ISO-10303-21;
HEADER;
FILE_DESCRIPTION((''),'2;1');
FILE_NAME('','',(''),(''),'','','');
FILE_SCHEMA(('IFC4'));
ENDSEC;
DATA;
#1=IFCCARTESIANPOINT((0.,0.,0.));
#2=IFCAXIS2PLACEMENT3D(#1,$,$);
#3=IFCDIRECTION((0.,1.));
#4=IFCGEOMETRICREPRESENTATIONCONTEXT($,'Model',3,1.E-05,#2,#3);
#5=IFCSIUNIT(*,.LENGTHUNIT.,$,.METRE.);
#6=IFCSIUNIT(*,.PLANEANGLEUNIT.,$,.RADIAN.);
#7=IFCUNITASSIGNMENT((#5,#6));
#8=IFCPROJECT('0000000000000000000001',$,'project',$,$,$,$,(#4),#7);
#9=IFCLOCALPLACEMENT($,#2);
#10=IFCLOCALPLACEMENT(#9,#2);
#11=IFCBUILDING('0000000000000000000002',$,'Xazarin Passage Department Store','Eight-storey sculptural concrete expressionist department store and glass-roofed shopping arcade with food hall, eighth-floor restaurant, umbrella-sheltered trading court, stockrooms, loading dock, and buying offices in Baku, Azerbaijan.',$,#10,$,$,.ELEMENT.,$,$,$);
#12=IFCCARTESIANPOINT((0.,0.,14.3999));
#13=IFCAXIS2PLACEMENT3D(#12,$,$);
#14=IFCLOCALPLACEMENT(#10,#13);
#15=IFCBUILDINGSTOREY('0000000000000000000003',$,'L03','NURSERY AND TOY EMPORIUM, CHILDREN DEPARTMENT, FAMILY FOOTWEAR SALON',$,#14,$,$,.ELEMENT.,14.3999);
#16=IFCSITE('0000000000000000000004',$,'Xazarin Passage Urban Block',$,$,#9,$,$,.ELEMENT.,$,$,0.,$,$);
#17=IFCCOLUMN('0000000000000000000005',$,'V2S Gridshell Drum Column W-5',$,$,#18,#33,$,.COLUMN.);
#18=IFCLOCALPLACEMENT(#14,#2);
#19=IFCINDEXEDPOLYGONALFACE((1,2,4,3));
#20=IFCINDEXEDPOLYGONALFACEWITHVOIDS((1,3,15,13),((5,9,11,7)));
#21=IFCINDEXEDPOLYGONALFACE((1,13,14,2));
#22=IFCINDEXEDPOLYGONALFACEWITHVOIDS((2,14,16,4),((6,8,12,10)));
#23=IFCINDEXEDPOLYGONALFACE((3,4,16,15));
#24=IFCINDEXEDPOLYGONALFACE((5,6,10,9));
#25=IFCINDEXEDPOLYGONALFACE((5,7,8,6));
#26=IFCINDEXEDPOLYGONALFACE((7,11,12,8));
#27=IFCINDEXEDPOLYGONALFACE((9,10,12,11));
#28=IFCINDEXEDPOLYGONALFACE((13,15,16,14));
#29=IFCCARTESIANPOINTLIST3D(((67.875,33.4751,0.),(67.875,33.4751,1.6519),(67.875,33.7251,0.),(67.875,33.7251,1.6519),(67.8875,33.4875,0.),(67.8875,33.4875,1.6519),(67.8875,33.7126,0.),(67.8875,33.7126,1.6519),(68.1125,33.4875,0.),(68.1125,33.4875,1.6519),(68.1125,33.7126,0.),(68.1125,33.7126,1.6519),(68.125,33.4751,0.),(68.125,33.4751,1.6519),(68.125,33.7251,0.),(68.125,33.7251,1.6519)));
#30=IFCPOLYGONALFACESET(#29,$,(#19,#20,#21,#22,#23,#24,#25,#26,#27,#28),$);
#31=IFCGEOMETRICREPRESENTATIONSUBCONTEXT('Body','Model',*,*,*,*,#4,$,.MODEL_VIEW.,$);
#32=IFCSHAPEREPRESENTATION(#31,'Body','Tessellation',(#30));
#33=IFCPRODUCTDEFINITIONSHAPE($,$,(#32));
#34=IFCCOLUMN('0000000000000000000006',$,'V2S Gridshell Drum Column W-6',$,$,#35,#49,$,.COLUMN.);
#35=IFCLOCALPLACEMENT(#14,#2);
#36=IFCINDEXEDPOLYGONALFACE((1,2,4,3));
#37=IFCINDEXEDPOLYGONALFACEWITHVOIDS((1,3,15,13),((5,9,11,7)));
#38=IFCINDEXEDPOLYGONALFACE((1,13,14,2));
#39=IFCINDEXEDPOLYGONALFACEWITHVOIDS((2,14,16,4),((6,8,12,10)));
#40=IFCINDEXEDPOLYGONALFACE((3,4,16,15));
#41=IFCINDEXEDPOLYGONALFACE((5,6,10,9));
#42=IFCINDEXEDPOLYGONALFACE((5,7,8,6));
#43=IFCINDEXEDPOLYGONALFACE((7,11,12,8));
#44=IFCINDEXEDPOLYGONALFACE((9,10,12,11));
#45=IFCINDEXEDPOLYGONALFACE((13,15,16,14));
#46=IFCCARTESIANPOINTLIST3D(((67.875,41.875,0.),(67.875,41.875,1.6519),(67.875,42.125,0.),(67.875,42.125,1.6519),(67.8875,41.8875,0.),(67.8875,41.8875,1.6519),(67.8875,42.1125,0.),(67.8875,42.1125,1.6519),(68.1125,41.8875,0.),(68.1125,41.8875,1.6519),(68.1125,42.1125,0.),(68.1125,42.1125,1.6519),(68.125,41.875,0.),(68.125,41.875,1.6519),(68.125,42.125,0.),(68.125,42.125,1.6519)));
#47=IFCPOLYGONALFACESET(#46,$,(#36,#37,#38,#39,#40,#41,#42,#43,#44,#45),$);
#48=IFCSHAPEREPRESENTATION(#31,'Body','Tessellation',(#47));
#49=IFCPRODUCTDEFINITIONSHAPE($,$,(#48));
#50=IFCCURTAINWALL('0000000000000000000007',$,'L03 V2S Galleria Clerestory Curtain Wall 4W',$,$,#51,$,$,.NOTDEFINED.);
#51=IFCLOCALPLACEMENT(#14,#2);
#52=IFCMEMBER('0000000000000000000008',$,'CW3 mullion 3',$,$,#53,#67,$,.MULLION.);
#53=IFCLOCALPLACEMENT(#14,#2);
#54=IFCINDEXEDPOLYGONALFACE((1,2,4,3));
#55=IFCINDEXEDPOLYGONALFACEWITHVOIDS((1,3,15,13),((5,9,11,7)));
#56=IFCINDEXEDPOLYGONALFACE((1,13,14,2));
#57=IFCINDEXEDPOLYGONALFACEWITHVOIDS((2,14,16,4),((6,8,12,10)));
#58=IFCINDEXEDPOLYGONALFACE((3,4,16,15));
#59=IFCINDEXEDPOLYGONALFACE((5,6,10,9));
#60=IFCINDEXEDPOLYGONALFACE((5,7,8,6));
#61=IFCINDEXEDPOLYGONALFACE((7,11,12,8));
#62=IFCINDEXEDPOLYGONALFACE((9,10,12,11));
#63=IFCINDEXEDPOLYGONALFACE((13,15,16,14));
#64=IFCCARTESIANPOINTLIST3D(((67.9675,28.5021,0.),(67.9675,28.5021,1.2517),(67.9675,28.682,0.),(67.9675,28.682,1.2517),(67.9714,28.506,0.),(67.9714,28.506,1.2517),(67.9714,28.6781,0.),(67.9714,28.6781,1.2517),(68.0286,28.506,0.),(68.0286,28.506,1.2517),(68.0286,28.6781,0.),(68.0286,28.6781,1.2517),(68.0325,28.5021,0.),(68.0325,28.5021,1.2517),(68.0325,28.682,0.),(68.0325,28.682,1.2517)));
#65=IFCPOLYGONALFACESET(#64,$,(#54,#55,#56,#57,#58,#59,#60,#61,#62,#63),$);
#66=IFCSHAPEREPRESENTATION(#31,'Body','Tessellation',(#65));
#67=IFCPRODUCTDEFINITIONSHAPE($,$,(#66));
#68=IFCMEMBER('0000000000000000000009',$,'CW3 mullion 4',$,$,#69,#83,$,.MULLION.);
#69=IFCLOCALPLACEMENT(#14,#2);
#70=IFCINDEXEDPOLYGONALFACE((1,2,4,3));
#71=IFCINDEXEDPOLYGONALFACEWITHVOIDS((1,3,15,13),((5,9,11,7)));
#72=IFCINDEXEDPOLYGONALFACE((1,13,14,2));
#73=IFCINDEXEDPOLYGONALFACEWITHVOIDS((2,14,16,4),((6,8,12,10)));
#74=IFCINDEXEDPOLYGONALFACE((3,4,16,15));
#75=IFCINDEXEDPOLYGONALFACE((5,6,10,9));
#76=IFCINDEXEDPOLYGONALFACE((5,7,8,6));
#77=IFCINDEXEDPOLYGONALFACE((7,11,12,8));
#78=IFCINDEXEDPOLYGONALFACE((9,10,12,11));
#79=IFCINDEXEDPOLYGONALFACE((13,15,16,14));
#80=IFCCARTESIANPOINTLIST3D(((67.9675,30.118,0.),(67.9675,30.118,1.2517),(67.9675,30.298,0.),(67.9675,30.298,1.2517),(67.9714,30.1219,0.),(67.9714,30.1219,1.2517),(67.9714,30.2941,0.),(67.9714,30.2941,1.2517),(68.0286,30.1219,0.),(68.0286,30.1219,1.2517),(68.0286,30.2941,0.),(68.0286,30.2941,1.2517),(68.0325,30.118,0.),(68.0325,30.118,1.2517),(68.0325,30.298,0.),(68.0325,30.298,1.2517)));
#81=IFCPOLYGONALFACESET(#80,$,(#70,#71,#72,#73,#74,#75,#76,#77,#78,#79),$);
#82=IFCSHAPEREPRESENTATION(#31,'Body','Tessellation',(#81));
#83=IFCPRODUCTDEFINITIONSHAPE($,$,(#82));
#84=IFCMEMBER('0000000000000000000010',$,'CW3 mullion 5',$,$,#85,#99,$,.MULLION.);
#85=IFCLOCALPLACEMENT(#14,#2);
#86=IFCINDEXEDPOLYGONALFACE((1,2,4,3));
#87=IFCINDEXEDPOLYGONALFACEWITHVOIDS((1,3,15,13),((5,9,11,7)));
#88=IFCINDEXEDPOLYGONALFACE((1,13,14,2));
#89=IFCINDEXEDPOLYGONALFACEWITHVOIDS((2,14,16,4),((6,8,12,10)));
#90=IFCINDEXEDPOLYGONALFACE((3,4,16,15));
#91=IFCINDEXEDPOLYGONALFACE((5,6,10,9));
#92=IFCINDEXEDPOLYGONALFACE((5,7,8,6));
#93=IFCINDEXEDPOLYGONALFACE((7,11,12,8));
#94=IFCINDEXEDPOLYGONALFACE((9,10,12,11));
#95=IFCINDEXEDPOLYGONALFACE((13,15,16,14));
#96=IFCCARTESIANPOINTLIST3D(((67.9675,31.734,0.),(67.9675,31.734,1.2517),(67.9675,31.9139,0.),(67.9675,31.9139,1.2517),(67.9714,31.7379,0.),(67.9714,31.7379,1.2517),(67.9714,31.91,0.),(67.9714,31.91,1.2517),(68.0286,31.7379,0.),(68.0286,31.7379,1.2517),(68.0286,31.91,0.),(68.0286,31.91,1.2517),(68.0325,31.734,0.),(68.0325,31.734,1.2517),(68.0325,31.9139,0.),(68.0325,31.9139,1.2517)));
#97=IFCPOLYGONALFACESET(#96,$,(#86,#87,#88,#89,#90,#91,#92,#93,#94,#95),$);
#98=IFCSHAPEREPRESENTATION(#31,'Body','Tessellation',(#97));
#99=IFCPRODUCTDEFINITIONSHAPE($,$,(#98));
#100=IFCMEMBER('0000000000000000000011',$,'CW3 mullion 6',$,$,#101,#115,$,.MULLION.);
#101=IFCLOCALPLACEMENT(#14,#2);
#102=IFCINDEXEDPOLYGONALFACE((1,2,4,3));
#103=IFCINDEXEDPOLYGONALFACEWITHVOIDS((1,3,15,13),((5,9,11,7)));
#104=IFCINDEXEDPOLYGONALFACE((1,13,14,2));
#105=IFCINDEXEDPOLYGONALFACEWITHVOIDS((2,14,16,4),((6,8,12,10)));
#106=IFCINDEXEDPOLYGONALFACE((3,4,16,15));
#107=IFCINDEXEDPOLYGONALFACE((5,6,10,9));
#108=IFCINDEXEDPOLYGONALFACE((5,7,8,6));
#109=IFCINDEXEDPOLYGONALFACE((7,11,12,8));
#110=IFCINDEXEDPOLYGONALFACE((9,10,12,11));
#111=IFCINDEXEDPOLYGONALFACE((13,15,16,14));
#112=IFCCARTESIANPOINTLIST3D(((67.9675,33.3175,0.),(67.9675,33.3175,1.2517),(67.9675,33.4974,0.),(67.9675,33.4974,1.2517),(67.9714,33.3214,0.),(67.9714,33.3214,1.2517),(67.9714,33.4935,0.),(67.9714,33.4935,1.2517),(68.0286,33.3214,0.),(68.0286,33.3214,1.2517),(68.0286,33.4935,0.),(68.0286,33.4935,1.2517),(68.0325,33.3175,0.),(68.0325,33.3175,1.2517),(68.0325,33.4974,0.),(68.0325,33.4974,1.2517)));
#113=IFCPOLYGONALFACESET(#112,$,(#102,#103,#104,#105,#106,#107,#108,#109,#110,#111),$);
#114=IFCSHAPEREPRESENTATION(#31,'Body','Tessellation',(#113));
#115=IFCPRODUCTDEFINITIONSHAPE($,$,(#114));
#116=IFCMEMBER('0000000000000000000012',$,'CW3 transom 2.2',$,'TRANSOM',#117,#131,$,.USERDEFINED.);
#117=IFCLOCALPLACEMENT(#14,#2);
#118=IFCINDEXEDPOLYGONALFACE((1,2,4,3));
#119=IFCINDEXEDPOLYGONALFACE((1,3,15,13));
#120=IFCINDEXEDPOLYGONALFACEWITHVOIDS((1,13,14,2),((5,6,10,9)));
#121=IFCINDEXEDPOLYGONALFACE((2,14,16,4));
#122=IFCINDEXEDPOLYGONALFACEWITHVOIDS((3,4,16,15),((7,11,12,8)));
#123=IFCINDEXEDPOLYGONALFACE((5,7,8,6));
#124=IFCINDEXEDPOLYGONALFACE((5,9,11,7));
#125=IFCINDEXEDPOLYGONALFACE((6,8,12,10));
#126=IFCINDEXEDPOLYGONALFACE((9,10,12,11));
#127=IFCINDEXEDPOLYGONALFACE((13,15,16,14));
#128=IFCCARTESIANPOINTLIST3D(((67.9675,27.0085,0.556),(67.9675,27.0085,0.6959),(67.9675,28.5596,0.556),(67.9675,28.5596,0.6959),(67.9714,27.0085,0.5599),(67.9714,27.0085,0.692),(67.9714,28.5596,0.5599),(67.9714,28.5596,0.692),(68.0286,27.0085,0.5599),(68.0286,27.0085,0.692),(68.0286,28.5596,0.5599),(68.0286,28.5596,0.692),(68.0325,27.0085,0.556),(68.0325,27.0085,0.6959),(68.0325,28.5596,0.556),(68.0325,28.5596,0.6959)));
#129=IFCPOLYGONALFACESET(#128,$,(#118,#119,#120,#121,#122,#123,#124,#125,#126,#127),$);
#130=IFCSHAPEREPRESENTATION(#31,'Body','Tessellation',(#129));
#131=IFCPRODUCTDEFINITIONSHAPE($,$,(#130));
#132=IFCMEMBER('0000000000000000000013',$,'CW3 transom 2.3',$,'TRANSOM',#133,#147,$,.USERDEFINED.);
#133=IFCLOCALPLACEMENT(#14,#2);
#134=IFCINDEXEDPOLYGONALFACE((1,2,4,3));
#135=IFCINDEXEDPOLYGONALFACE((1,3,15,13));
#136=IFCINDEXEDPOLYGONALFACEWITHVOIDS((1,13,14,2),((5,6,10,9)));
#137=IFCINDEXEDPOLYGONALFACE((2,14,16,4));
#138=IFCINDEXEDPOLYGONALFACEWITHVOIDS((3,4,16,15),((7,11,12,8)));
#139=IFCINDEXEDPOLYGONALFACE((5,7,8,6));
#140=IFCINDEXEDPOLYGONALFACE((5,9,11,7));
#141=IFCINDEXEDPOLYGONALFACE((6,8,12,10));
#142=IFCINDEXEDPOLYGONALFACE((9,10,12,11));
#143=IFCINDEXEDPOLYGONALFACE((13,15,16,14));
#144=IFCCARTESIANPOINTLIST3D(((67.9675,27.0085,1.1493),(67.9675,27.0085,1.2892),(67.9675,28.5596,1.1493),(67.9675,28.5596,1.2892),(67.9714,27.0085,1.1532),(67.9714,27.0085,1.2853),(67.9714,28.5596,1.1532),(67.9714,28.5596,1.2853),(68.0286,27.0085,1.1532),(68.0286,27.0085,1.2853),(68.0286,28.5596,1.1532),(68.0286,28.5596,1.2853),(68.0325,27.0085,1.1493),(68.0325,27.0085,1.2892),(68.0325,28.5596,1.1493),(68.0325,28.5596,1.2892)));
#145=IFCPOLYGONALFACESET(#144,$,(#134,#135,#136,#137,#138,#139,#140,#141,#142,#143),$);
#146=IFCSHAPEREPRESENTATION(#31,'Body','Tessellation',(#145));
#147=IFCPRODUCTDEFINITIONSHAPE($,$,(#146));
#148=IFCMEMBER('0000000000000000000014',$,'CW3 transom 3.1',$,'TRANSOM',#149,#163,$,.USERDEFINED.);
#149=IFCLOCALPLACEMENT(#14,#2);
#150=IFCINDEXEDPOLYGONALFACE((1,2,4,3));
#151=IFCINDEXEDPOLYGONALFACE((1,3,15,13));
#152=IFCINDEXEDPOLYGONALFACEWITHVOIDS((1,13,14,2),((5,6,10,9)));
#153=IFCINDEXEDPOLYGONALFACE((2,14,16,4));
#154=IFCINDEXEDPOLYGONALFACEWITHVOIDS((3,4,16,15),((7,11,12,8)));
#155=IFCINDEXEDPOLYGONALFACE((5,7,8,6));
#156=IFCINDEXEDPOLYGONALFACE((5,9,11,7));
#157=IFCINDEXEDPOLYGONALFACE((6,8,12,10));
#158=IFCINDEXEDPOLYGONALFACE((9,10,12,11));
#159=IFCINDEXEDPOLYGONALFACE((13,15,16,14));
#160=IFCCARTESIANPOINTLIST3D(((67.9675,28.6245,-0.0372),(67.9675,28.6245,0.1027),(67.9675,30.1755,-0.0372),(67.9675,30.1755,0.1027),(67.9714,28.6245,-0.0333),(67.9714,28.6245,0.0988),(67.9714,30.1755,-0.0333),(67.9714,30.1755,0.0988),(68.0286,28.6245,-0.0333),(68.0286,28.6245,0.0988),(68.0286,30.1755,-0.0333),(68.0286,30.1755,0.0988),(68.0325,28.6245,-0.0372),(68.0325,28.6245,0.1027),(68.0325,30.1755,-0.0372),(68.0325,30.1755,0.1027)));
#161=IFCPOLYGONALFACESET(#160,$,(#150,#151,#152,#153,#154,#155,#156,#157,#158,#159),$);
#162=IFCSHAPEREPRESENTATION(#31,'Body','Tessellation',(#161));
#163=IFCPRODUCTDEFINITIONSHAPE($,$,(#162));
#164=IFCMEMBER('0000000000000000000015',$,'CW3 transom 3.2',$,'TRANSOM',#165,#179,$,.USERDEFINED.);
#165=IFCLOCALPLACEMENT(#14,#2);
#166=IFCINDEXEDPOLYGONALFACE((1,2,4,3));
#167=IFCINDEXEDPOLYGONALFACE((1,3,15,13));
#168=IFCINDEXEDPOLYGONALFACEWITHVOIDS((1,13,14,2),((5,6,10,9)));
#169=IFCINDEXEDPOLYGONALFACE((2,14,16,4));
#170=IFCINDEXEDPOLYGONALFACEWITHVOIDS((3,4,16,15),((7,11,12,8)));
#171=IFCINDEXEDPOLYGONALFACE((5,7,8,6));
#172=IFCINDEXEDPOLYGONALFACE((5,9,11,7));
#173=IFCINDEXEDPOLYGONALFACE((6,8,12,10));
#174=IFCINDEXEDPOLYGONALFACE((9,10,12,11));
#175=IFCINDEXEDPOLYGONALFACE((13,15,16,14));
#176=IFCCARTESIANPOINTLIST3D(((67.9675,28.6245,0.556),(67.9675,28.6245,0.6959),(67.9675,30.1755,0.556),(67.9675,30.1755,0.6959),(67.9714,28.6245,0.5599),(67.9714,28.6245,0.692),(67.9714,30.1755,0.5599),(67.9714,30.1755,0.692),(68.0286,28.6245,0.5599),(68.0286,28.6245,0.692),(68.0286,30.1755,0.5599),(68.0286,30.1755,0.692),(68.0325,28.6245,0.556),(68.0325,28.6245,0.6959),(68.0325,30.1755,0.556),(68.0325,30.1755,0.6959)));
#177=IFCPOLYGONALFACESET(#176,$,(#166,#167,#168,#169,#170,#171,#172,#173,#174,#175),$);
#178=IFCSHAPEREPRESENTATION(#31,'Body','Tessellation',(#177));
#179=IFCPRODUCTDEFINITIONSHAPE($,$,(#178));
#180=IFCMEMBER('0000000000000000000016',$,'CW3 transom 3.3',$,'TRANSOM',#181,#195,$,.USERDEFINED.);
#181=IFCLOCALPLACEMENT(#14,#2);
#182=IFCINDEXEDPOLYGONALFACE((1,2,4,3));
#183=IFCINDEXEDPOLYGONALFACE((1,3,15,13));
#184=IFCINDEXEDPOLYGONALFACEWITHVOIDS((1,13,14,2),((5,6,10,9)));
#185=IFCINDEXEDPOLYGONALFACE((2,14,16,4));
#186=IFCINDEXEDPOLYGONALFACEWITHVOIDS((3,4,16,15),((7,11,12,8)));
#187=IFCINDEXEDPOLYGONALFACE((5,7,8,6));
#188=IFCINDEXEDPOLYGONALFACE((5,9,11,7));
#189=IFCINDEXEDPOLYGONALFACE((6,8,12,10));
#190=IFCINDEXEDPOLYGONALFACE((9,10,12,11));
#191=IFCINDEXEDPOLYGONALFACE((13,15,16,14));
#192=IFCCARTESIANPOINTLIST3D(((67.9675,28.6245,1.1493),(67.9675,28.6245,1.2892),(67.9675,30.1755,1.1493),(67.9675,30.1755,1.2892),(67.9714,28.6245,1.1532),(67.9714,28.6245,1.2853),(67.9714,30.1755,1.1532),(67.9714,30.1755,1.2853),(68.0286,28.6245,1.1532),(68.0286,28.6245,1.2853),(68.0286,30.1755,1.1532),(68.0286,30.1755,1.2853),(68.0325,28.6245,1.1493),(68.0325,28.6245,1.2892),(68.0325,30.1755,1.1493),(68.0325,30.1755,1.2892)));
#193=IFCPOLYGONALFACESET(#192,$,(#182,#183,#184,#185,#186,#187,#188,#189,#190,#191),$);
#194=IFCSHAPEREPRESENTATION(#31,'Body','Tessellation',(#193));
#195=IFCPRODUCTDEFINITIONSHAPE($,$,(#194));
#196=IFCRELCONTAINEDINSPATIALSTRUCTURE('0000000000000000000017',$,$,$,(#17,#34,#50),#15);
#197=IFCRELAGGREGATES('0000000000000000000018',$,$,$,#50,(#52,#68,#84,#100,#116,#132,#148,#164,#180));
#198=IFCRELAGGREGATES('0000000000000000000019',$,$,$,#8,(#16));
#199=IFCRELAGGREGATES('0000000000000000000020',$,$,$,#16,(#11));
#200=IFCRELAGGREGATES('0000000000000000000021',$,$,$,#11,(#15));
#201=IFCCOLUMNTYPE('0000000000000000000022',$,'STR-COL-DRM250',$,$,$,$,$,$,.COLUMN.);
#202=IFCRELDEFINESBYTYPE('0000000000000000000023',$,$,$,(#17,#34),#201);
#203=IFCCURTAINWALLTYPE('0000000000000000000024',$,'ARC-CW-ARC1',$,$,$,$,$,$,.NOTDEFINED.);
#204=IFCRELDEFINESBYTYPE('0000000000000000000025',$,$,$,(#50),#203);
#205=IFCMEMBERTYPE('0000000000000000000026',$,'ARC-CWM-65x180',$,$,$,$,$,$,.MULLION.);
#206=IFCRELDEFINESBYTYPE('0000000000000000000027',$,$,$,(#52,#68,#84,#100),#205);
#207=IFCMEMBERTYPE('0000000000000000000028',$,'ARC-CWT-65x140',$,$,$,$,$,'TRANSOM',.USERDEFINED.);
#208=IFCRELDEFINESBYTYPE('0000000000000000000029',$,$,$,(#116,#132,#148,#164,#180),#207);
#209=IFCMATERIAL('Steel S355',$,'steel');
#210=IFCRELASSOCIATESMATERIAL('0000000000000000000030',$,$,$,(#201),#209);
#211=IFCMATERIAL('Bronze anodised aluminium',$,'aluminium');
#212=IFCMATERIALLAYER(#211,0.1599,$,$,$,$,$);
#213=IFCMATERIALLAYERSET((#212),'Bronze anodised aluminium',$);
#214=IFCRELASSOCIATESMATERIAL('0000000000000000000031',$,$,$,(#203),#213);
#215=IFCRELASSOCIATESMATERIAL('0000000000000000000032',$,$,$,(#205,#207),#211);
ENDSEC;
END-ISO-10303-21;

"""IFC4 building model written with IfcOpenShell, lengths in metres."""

from ifc_helpers import new_model, si_unit, direction, frame, origin, origin_2d, place, context, subcontext, project, spatial, hollow_rectangle, extrude, material, layer, layer_set, material_profile, profile_set, type_object, element, aggregate, save


model = new_model("IFC4")

# Units and contexts
model_context = context("Model", 3, precision=1e-05, world=origin(), true_north=direction((0.0, 1.0)))
body_context = subcontext(model_context, "Body", "Model", "MODEL_VIEW")
ifc_project = project(units=[si_unit("LENGTHUNIT", "METRE"), si_unit("PLANEANGLEUNIT", "RADIAN")], contexts=[model_context])

# Site, building, storey
site_placement = place(None, origin())
site = spatial("IfcSite", under=ifc_project, at=site_placement, Name="Xazarin Passage Urban Block", CompositionType="ELEMENT", RefElevation=0.0)
building_placement = place(site_placement, origin())
building = spatial("IfcBuilding", under=site, at=building_placement, Name="Xazarin Passage Department Store", Description="Eight-storey sculptural concrete expressionist department store and glass-roofed shopping arcade with food hall, eighth-floor restaurant, umbrella-sheltered trading court, stockrooms, loading dock, and buying offices in Baku, Azerbaijan.", CompositionType="ELEMENT")
storey_placement = place(building_placement, frame((0.0, 0.0, 14.3999)))
storey = spatial("IfcBuildingStorey", under=building, at=storey_placement, Name="L03", Description="NURSERY AND TOY EMPORIUM, CHILDREN DEPARTMENT, FAMILY FOOTWEAR SALON", CompositionType="ELEMENT", Elevation=14.3999)

# Columns
ifc_material_1 = material(Name="Steel S355", Category="steel")
ifc_material_profile_1 = material_profile(ifc_material_1, hollow_rectangle(XDim=0.25, YDim=0.25, WallThickness=0.0125, at=origin_2d()), Name="SHS 250x250x12.5")
ifc_profile_set_1 = profile_set([ifc_material_profile_1], Name="Steel S355")
column_type = type_object("IfcColumnType", Name="STR-COL-DRM250", PredefinedType="COLUMN", material=ifc_profile_set_1)
for number, where, z_axis, x_axis, name in (
    (1, (68.0, 33.6001, 0.0), (0.0, 0.0, 1.0), (1.0, 0.0, 0.0), "V2S Gridshell Drum Column W-5"),
    (2, (68.0, 42.0, 0.0), (0.0, 0.0, 1.0), (1.0, 0.0, 0.0), "V2S Gridshell Drum Column W-6"),
):
    element("IfcColumn", number, at=place(storey_placement, frame(where, z_axis=z_axis, x_axis=x_axis)), inside=storey, type_object=column_type, Name=name, PredefinedType="COLUMN", context=body_context, shape_type="SweptSolid", body=[
        extrude(hollow_rectangle(XDim=0.25, YDim=0.25, WallThickness=0.0125, at=origin_2d()), origin(), (0.0, 0.0, 1.0), 1.6519),
    ])

# Curtain wall, members
ifc_material_2 = material(Name="Bronze anodised aluminium", Category="aluminium")
ifc_layer_1 = layer(ifc_material_2, 0.1599)
ifc_layer_set_1 = layer_set([ifc_layer_1], Name="Bronze anodised aluminium")
curtain_wall_type = type_object("IfcCurtainWallType", Name="ARC-CW-ARC1", PredefinedType="NOTDEFINED", material=ifc_layer_set_1)
curtain_wall_placement = place(storey_placement, origin())
curtain_wall = element("IfcCurtainWall", 3, at=curtain_wall_placement, inside=storey, type_object=curtain_wall_type, Name="L03 V2S Galleria Clerestory Curtain Wall 4W", PredefinedType="NOTDEFINED")
ifc_material_profile_2 = material_profile(ifc_material_2, hollow_rectangle(XDim=0.0649, YDim=0.1799, WallThickness=0.0039, at=origin_2d()), Name="ALU 65x180")
ifc_profile_set_2 = profile_set([ifc_material_profile_2], Name="Bronze anodised aluminium")
member_type_1 = type_object("IfcMemberType", Name="ARC-CWM-65x180", PredefinedType="MULLION", material=ifc_profile_set_2)
member_1_placement = place(storey_placement, frame((68.0, 28.592, 0.0), z_axis=(0.0, 0.0, 1.0), x_axis=(-1.0, 0.0, 0.0)))
member_1 = element("IfcMember", 4, at=member_1_placement, type_object=member_type_1, Name="CW3 mullion 3", PredefinedType="MULLION", context=body_context, shape_type="SweptSolid", body=[
    extrude(hollow_rectangle(XDim=0.0649, YDim=0.1799, WallThickness=0.0039, at=origin_2d()), origin(), (0.0, 0.0, 1.0), 1.2517),
])
member_2_placement = place(storey_placement, frame((68.0, 30.208, 0.0), z_axis=(0.0, 0.0, 1.0), x_axis=(-1.0, 0.0, 0.0)))
member_2 = element("IfcMember", 5, at=member_2_placement, type_object=member_type_1, Name="CW3 mullion 4", PredefinedType="MULLION", context=body_context, shape_type="SweptSolid", body=[
    extrude(hollow_rectangle(XDim=0.0649, YDim=0.1799, WallThickness=0.0039, at=origin_2d()), origin(), (0.0, 0.0, 1.0), 1.2517),
])
member_3_placement = place(storey_placement, frame((68.0, 31.824, 0.0), z_axis=(0.0, 0.0, 1.0), x_axis=(-1.0, 0.0, 0.0)))
member_3 = element("IfcMember", 6, at=member_3_placement, type_object=member_type_1, Name="CW3 mullion 5", PredefinedType="MULLION", context=body_context, shape_type="SweptSolid", body=[
    extrude(hollow_rectangle(XDim=0.0649, YDim=0.1799, WallThickness=0.0039, at=origin_2d()), origin(), (0.0, 0.0, 1.0), 1.2517),
])
member_4_placement = place(storey_placement, frame((68.0, 33.4075, 0.0), z_axis=(0.0, 0.0, 1.0), x_axis=(-1.0, 0.0, 0.0)))
member_4 = element("IfcMember", 7, at=member_4_placement, type_object=member_type_1, Name="CW3 mullion 6", PredefinedType="MULLION", context=body_context, shape_type="SweptSolid", body=[
    extrude(hollow_rectangle(XDim=0.0649, YDim=0.1799, WallThickness=0.0039, at=origin_2d()), origin(), (0.0, 0.0, 1.0), 1.2517),
])
ifc_material_profile_3 = material_profile(ifc_material_2, hollow_rectangle(XDim=0.0649, YDim=0.1399, WallThickness=0.0039, at=origin_2d()), Name="ALU 65x140")
ifc_profile_set_3 = profile_set([ifc_material_profile_3], Name="Bronze anodised aluminium")
member_type_2 = type_object("IfcMemberType", Name="ARC-CWT-65x140", ElementType="TRANSOM", PredefinedType="USERDEFINED", material=ifc_profile_set_3)
member_5_placement = place(storey_placement, frame((68.0, 27.0085, 0.626), z_axis=(0.0, 1.0, 0.0), x_axis=(-1.0, 0.0, 0.0)))
member_5 = element("IfcMember", 8, at=member_5_placement, type_object=member_type_2, Name="CW3 transom 2.2", ObjectType="TRANSOM", PredefinedType="USERDEFINED", context=body_context, shape_type="SweptSolid", body=[
    extrude(hollow_rectangle(XDim=0.0649, YDim=0.1399, WallThickness=0.0039, at=origin_2d()), origin(), (0.0, 0.0, 1.0), 1.551),
])
member_6_placement = place(storey_placement, frame((68.0, 27.0085, 1.2192), z_axis=(0.0, 1.0, 0.0), x_axis=(-1.0, 0.0, 0.0)))
member_6 = element("IfcMember", 9, at=member_6_placement, type_object=member_type_2, Name="CW3 transom 2.3", ObjectType="TRANSOM", PredefinedType="USERDEFINED", context=body_context, shape_type="SweptSolid", body=[
    extrude(hollow_rectangle(XDim=0.0649, YDim=0.1399, WallThickness=0.0039, at=origin_2d()), origin(), (0.0, 0.0, 1.0), 1.551),
])
member_7_placement = place(storey_placement, frame((68.0, 28.6245, 0.0327), z_axis=(0.0, 1.0, 0.0), x_axis=(-1.0, 0.0, 0.0)))
member_7 = element("IfcMember", 10, at=member_7_placement, type_object=member_type_2, Name="CW3 transom 3.1", ObjectType="TRANSOM", PredefinedType="USERDEFINED", context=body_context, shape_type="SweptSolid", body=[
    extrude(hollow_rectangle(XDim=0.0649, YDim=0.1399, WallThickness=0.0039, at=origin_2d()), origin(), (0.0, 0.0, 1.0), 1.551),
])
member_8_placement = place(storey_placement, frame((68.0, 28.6245, 0.626), z_axis=(0.0, 1.0, 0.0), x_axis=(-1.0, 0.0, 0.0)))
member_8 = element("IfcMember", 11, at=member_8_placement, type_object=member_type_2, Name="CW3 transom 3.2", ObjectType="TRANSOM", PredefinedType="USERDEFINED", context=body_context, shape_type="SweptSolid", body=[
    extrude(hollow_rectangle(XDim=0.0649, YDim=0.1399, WallThickness=0.0039, at=origin_2d()), origin(), (0.0, 0.0, 1.0), 1.551),
])
member_9_placement = place(storey_placement, frame((68.0, 28.6245, 1.2192), z_axis=(0.0, 1.0, 0.0), x_axis=(-1.0, 0.0, 0.0)))
member_9 = element("IfcMember", 12, at=member_9_placement, type_object=member_type_2, Name="CW3 transom 3.3", ObjectType="TRANSOM", PredefinedType="USERDEFINED", context=body_context, shape_type="SweptSolid", body=[
    extrude(hollow_rectangle(XDim=0.0649, YDim=0.1399, WallThickness=0.0039, at=origin_2d()), origin(), (0.0, 0.0, 1.0), 1.551),
])

aggregate(curtain_wall, [member_1, member_2, member_3, member_4, member_5, member_6, member_7, member_8, member_9])

save(model, "model.ifc")
